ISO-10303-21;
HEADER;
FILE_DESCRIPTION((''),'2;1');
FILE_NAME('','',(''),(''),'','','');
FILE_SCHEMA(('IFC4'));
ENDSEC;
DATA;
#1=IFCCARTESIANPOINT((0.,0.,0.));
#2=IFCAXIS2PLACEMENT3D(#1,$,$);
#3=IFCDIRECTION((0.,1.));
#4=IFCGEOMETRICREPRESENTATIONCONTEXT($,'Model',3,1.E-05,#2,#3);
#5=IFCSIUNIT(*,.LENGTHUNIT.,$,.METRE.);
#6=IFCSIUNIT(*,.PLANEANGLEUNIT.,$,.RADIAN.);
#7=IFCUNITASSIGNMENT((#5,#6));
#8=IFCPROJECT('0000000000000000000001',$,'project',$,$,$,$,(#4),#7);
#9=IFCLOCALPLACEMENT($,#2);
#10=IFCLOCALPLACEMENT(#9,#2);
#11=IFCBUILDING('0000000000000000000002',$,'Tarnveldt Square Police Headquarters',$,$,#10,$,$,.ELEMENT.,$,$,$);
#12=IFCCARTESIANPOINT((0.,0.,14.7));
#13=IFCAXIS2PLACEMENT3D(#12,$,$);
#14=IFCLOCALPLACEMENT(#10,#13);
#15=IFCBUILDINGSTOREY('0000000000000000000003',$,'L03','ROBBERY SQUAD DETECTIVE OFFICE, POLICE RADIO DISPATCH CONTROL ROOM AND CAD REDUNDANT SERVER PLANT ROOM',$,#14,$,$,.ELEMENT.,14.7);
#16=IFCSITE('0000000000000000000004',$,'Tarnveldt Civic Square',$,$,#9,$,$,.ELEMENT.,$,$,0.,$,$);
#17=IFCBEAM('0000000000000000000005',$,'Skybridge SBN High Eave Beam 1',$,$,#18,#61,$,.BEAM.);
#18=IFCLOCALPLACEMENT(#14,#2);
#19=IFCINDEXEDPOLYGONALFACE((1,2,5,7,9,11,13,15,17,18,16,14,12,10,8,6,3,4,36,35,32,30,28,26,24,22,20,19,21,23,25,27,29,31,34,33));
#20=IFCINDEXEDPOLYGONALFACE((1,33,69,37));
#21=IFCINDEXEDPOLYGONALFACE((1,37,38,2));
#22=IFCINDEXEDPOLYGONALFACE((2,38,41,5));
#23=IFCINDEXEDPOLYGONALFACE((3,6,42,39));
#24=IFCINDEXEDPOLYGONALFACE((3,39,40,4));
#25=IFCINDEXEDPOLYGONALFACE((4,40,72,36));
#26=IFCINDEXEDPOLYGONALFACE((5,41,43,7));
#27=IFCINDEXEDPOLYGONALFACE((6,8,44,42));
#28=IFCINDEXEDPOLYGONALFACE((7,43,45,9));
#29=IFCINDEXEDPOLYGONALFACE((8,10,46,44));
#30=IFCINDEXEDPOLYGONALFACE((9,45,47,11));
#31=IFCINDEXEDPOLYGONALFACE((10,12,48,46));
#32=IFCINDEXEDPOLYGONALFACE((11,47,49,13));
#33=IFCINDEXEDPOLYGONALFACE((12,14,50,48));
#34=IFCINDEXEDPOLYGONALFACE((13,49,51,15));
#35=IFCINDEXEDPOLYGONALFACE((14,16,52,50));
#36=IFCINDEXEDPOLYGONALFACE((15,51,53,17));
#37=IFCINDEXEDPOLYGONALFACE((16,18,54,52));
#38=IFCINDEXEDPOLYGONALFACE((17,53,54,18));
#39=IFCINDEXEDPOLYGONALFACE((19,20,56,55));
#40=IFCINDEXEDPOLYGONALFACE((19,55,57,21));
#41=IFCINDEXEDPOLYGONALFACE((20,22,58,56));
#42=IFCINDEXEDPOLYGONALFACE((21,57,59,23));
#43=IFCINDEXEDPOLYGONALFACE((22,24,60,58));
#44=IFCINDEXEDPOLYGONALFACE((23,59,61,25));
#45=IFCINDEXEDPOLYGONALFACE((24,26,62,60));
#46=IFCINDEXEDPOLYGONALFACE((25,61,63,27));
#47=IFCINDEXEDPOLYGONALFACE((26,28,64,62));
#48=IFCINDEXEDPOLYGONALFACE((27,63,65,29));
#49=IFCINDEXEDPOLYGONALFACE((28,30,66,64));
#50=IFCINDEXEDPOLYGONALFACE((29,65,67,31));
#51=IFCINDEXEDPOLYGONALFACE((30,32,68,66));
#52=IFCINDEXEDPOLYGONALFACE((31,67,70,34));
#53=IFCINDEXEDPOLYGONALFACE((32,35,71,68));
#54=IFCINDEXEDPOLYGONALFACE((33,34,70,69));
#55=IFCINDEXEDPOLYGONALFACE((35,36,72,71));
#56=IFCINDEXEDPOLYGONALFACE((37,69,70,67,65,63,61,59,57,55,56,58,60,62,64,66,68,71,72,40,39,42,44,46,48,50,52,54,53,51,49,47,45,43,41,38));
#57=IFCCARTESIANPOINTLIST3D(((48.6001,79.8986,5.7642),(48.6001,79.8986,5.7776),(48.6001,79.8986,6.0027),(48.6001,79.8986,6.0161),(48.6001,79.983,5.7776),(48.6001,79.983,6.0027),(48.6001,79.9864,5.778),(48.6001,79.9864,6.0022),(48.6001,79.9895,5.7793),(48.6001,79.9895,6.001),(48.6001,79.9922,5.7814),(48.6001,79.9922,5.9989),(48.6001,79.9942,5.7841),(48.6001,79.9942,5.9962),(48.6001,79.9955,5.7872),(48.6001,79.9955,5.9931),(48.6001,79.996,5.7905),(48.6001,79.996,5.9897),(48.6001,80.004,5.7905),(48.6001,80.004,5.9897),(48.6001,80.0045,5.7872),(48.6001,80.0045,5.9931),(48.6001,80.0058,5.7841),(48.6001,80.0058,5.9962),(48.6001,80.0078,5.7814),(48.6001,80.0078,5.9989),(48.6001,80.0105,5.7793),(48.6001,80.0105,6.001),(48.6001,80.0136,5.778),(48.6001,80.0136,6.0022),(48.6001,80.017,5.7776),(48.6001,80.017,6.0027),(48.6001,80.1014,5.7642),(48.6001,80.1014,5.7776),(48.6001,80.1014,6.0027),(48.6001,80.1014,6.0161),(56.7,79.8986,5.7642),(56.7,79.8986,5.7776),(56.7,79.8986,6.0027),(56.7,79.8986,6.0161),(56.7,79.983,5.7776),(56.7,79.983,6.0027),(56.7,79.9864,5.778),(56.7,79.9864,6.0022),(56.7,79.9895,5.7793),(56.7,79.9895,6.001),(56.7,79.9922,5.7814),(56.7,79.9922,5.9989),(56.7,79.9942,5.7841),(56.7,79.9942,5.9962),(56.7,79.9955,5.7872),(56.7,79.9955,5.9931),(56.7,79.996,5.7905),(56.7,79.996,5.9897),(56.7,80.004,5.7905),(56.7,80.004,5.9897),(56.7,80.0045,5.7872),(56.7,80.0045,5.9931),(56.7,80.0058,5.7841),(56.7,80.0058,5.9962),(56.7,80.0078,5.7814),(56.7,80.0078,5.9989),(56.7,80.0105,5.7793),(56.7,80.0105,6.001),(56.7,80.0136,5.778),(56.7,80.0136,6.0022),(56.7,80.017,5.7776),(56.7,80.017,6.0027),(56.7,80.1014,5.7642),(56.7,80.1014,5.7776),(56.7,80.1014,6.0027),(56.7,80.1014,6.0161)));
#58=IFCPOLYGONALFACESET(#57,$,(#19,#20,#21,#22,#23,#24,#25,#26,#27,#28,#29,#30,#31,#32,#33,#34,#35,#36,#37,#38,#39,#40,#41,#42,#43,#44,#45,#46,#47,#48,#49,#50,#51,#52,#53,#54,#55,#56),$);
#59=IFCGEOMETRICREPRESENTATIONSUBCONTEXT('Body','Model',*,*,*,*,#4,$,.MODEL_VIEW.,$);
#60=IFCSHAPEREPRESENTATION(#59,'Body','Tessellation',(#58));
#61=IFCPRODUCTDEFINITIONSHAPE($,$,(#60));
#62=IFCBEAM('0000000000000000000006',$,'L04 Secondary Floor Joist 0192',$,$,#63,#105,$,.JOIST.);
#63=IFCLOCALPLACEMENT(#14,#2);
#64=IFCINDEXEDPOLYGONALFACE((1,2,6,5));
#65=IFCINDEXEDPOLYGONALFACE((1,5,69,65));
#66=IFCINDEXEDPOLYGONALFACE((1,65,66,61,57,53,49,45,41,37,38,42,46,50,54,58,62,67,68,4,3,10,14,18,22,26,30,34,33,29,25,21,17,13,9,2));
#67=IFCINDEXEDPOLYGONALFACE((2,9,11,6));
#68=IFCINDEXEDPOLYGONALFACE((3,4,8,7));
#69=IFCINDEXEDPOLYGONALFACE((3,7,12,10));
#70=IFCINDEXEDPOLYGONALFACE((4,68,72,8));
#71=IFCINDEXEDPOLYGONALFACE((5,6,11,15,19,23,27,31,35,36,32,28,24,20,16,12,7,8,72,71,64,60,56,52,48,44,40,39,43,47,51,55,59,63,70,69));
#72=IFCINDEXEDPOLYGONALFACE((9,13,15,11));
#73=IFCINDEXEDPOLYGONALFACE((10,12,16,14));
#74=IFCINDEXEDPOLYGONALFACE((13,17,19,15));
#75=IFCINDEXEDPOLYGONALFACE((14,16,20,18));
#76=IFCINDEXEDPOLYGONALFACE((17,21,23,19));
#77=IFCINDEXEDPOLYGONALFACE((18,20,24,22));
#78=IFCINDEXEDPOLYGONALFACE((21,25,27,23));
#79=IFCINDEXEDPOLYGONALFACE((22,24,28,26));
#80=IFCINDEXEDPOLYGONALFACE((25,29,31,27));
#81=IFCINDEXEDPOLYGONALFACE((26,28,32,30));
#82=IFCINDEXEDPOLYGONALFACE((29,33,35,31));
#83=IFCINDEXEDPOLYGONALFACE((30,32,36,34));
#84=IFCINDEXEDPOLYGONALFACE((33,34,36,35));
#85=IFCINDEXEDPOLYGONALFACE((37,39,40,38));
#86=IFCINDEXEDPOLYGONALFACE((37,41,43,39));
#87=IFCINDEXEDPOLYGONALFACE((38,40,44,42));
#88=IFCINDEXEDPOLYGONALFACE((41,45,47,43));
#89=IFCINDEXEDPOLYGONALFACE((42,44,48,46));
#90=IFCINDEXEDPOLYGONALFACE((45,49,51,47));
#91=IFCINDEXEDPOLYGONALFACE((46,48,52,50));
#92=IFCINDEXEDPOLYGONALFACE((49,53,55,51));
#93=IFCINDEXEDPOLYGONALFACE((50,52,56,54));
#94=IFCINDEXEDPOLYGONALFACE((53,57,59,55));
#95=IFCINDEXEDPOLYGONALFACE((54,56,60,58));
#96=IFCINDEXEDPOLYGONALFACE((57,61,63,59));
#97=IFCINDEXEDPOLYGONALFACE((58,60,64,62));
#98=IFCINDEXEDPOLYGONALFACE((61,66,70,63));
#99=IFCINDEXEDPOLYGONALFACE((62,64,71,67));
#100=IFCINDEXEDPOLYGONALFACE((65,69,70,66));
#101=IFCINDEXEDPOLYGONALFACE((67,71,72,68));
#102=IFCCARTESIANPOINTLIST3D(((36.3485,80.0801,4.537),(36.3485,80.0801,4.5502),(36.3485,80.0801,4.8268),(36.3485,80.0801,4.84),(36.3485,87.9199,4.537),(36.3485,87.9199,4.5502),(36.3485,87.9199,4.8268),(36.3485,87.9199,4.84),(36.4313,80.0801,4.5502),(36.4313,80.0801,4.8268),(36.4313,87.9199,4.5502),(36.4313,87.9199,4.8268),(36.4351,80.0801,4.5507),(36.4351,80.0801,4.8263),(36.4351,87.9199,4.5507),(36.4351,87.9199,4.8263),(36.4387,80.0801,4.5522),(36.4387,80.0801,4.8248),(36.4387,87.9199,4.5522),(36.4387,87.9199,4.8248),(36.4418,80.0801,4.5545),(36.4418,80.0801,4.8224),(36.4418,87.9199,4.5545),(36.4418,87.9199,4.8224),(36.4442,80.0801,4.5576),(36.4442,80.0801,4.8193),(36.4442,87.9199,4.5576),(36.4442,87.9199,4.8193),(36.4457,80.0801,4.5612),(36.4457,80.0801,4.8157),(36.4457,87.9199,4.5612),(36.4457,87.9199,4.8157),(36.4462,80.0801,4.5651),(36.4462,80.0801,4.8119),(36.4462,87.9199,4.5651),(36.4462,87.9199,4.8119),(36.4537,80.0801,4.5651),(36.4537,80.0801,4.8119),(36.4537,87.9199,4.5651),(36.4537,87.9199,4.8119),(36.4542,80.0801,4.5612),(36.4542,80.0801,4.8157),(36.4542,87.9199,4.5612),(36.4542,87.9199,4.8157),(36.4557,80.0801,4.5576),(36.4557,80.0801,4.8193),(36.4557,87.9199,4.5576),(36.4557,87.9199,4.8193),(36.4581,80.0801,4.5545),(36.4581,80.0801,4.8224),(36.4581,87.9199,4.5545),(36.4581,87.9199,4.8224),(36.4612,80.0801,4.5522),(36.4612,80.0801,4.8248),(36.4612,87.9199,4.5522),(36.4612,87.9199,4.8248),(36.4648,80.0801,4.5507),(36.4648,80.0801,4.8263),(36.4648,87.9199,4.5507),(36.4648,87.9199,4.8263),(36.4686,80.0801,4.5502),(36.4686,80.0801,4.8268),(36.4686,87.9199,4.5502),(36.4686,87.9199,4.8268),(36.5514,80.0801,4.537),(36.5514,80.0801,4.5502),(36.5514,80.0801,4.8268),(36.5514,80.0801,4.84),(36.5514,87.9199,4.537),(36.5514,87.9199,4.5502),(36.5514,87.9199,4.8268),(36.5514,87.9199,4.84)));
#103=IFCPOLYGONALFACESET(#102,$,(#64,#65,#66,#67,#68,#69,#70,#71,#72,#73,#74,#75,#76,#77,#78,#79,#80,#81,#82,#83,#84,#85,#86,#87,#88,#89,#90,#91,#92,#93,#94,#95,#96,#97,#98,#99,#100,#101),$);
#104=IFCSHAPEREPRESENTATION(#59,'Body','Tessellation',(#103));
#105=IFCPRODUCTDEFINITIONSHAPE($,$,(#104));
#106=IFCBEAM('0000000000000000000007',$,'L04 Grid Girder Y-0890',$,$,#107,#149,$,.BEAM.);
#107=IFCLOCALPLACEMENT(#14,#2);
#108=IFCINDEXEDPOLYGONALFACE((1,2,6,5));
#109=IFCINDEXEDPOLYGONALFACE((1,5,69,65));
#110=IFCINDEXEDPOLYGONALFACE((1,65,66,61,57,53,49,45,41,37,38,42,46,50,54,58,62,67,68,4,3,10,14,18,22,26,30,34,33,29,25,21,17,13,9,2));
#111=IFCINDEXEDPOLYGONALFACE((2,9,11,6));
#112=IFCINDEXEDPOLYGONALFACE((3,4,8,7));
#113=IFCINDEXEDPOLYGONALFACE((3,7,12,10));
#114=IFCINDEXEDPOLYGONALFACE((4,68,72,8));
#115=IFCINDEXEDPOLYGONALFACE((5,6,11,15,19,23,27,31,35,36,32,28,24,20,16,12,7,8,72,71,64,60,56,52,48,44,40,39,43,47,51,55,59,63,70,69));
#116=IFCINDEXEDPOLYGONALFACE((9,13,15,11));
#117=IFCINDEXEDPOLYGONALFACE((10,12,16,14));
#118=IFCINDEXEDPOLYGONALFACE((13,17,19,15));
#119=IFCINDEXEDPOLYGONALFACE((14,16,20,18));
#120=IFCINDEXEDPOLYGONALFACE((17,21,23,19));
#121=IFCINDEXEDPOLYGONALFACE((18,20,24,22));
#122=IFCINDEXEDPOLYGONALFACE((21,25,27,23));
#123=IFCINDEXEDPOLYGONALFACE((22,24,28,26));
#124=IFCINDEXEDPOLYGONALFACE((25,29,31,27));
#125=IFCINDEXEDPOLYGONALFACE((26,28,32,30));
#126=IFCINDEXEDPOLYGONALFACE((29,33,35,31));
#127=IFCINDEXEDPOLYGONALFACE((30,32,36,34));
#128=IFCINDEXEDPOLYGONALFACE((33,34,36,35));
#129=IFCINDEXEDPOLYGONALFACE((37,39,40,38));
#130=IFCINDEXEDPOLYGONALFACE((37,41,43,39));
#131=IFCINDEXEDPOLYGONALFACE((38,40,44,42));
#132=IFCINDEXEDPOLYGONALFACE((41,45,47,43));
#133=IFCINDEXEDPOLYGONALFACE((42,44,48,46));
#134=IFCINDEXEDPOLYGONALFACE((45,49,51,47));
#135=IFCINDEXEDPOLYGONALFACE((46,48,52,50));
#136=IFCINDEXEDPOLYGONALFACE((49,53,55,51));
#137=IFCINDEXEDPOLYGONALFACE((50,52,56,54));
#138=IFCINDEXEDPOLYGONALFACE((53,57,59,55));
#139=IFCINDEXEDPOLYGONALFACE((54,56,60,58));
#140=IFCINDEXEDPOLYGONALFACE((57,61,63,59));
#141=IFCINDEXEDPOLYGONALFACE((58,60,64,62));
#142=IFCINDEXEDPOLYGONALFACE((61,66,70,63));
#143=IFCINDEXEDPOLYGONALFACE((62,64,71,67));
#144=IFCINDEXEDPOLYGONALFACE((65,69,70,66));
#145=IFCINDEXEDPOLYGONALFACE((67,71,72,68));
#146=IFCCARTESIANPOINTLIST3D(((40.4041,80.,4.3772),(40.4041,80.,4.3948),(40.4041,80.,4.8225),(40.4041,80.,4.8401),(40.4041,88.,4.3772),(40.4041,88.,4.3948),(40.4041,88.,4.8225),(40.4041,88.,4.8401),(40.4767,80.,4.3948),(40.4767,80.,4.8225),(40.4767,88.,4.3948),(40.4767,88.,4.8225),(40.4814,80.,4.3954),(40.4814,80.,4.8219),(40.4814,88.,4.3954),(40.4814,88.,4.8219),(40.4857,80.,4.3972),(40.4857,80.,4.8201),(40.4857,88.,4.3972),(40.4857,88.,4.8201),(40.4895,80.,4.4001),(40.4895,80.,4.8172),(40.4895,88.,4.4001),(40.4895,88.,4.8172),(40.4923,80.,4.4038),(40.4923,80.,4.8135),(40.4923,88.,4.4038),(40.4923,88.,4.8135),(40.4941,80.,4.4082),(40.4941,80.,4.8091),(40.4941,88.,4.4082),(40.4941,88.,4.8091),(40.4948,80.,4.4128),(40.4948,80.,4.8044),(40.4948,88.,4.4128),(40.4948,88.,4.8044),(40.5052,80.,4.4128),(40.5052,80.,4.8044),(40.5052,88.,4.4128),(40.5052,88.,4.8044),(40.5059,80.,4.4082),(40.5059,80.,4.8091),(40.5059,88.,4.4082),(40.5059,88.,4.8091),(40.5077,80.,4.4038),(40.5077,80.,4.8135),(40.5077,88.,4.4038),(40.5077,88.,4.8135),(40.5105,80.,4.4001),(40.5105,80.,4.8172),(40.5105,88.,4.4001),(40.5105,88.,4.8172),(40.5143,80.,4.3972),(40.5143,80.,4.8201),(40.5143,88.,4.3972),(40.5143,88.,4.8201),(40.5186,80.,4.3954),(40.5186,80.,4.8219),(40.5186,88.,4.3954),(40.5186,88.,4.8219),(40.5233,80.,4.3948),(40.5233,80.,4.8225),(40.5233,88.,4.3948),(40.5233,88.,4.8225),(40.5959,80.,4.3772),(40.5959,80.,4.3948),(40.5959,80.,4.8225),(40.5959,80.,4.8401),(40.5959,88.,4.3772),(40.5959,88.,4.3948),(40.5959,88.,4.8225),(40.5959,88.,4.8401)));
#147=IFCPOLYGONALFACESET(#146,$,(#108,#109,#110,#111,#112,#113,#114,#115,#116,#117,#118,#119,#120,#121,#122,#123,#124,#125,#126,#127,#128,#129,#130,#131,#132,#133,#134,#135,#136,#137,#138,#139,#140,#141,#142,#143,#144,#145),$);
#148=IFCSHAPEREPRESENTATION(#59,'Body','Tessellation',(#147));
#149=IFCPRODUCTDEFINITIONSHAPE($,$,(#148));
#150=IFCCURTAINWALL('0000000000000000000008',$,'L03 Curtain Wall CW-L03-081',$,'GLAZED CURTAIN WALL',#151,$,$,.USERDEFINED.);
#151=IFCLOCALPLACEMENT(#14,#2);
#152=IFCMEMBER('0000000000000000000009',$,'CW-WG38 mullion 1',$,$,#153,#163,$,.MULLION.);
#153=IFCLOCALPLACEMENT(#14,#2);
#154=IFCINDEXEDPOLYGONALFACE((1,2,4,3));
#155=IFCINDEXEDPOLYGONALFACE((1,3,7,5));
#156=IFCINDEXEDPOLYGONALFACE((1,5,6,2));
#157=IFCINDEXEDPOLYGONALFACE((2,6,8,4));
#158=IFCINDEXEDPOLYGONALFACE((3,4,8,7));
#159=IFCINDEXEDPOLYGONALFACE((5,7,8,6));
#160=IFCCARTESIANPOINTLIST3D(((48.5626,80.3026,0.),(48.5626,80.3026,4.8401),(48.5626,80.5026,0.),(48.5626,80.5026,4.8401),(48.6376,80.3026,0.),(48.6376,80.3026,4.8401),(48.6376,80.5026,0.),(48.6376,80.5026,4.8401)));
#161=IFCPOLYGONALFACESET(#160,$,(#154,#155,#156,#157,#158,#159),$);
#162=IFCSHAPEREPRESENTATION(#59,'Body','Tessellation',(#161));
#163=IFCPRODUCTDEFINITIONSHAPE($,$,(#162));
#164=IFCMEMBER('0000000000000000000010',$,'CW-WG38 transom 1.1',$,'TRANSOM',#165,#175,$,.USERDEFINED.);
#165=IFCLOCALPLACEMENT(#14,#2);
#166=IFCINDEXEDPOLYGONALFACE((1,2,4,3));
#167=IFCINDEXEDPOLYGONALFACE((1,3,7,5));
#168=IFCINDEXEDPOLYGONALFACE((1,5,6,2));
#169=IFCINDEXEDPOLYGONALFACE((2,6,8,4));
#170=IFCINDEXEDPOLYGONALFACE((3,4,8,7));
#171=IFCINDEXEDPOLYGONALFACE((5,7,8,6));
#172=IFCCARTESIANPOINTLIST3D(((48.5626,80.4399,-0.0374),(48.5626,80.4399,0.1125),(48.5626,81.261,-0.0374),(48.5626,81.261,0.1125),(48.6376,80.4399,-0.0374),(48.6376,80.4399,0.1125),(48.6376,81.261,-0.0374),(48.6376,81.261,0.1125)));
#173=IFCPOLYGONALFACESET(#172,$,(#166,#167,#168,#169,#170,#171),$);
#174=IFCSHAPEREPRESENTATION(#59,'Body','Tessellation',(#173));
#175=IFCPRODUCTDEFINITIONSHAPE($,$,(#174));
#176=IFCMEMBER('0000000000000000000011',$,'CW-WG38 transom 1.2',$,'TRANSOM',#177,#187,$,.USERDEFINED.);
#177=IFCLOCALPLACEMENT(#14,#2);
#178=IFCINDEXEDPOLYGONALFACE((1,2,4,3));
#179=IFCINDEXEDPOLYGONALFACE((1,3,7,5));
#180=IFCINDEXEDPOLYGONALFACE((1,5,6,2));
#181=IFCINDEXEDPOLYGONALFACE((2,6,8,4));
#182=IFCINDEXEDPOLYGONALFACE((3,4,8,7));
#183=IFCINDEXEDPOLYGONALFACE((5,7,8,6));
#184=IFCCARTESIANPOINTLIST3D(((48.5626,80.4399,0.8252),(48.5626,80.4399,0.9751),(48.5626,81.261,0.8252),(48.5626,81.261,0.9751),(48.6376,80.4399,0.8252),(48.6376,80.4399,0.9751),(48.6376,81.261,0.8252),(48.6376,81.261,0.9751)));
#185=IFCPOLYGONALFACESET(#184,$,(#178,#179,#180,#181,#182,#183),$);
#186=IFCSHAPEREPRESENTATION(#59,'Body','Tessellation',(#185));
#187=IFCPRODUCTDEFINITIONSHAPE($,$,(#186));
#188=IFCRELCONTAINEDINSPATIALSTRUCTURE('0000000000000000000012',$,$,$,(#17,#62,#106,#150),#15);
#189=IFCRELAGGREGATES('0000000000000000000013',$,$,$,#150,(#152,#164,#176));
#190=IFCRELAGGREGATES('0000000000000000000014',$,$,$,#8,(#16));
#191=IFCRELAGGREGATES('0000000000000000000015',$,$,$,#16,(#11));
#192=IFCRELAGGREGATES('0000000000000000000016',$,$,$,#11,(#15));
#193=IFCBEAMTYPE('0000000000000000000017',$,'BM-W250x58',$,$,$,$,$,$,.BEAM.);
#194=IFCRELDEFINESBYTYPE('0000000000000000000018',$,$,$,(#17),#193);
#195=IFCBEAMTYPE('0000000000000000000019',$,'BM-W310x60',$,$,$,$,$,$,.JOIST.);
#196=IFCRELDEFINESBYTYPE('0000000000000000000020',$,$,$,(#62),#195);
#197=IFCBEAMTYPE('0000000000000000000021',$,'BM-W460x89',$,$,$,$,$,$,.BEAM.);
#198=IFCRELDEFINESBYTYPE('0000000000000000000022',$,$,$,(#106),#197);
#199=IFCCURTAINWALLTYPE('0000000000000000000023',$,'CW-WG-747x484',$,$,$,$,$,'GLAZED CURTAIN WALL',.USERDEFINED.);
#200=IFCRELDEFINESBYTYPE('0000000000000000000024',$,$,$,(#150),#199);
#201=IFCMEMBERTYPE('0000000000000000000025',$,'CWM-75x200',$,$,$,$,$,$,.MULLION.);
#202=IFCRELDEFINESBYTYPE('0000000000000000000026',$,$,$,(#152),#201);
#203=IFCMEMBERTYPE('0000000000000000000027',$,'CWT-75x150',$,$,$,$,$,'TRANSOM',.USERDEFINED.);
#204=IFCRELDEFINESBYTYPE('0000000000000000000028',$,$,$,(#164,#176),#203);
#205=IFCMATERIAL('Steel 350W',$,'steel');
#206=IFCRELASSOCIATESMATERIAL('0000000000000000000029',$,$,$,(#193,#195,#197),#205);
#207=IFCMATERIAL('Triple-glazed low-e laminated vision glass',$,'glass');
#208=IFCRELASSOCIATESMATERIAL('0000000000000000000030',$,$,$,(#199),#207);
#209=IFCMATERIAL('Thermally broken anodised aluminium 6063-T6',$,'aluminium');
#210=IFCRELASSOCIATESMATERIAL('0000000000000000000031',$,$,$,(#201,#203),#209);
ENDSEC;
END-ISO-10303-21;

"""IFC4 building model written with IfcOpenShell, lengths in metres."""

from ifc_helpers import new_model, si_unit, direction, frame, origin, origin_2d, place, context, subcontext, project, spatial, rectangle, i_section, extrude, material, material_profile, profile_set, type_object, element, aggregate, save


model = new_model("IFC4")

# Units and contexts
model_context = context("Model", 3, precision=1e-05, world=origin(), true_north=direction((0.0, 1.0)))
body_context = subcontext(model_context, "Body", "Model", "MODEL_VIEW")
ifc_project = project(units=[si_unit("LENGTHUNIT", "METRE"), si_unit("PLANEANGLEUNIT", "RADIAN")], contexts=[model_context])

# Site, building, storey
site_placement = place(None, origin())
site = spatial("IfcSite", under=ifc_project, at=site_placement, Name="Tarnveldt Civic Square", CompositionType="ELEMENT", RefElevation=0.0)
building_placement = place(site_placement, origin())
building = spatial("IfcBuilding", under=site, at=building_placement, Name="Tarnveldt Square Police Headquarters", CompositionType="ELEMENT")
storey_placement = place(building_placement, frame((0.0, 0.0, 14.7)))
storey = spatial("IfcBuildingStorey", under=building, at=storey_placement, Name="L03", Description="ROBBERY SQUAD DETECTIVE OFFICE, POLICE RADIO DISPATCH CONTROL ROOM AND CAD REDUNDANT SERVER PLANT ROOM", CompositionType="ELEMENT", Elevation=14.7)

# Shared definitions
ifc_material_1 = material(Name="Steel 350W", Category="steel")

# Beams
ifc_material_profile_1 = material_profile(ifc_material_1, i_section(OverallWidth=0.2029, OverallDepth=0.252, WebThickness=0.0081, FlangeThickness=0.0134, FilletRadius=0.0129, at=origin_2d()), Name="W250x58")
ifc_profile_set_1 = profile_set([ifc_material_profile_1], Name="Steel 350W")
beam_type_1 = type_object("IfcBeamType", Name="BM-W250x58", PredefinedType="BEAM", material=ifc_profile_set_1)
beam_1_placement = place(storey_placement, frame((48.6001, 80.0, 5.8901), z_axis=(1.0, 0.0, 0.0), x_axis=(0.0, 1.0, 0.0)))
element("IfcBeam", 1, at=beam_1_placement, inside=storey, type_object=beam_type_1, Name="Skybridge SBN High Eave Beam 1", PredefinedType="BEAM", context=body_context, shape_type="SweptSolid", body=[
    extrude(i_section(OverallWidth=0.2029, OverallDepth=0.252, WebThickness=0.0081, FlangeThickness=0.0134, FilletRadius=0.0129, at=origin_2d()), origin(), (0.0, 0.0, 1.0), 8.0999),
])
ifc_material_profile_2 = material_profile(ifc_material_1, i_section(OverallWidth=0.2029, OverallDepth=0.303, WebThickness=0.0076, FlangeThickness=0.0132, FilletRadius=0.0149, at=origin_2d()), Name="W310x60")
ifc_profile_set_2 = profile_set([ifc_material_profile_2], Name="Steel 350W")
beam_type_2 = type_object("IfcBeamType", Name="BM-W310x60", PredefinedType="JOIST", material=ifc_profile_set_2)
beam_2_placement = place(storey_placement, frame((36.45, 80.0801, 4.6885), z_axis=(0.0, 1.0, 0.0), x_axis=(-1.0, 0.0, 0.0)))
element("IfcBeam", 2, at=beam_2_placement, inside=storey, type_object=beam_type_2, Name="L04 Secondary Floor Joist 0192", PredefinedType="JOIST", context=body_context, shape_type="SweptSolid", body=[
    extrude(i_section(OverallWidth=0.2029, OverallDepth=0.303, WebThickness=0.0076, FlangeThickness=0.0132, FilletRadius=0.0149, at=origin_2d()), origin(), (0.0, 0.0, 1.0), 7.8398),
])
ifc_material_profile_3 = material_profile(ifc_material_1, i_section(OverallWidth=0.1919, OverallDepth=0.4629, WebThickness=0.0105, FlangeThickness=0.0176, FilletRadius=0.0181, at=origin_2d()), Name="W460x89")
ifc_profile_set_3 = profile_set([ifc_material_profile_3], Name="Steel 350W")
beam_type_3 = type_object("IfcBeamType", Name="BM-W460x89", PredefinedType="BEAM", material=ifc_profile_set_3)
beam_3_placement = place(storey_placement, frame((40.5, 80.0, 4.6086), z_axis=(0.0, 1.0, 0.0), x_axis=(-1.0, 0.0, 0.0)))
element("IfcBeam", 3, at=beam_3_placement, inside=storey, type_object=beam_type_3, Name="L04 Grid Girder Y-0890", PredefinedType="BEAM", context=body_context, shape_type="SweptSolid", body=[
    extrude(i_section(OverallWidth=0.1919, OverallDepth=0.4629, WebThickness=0.0105, FlangeThickness=0.0176, FilletRadius=0.0181, at=origin_2d()), origin(), (0.0, 0.0, 1.0), 8.0),
])

# Curtain wall, members
ifc_material_2 = material(Name="Triple-glazed low-e laminated vision glass", Category="glass")
curtain_wall_type = type_object("IfcCurtainWallType", Name="CW-WG-747x484", ElementType="GLAZED CURTAIN WALL", PredefinedType="USERDEFINED", material=ifc_material_2)
curtain_wall_placement = place(storey_placement, origin())
curtain_wall = element("IfcCurtainWall", 4, at=curtain_wall_placement, inside=storey, type_object=curtain_wall_type, Name="L03 Curtain Wall CW-L03-081", ObjectType="GLAZED CURTAIN WALL", PredefinedType="USERDEFINED")
ifc_material_3 = material(Name="Thermally broken anodised aluminium 6063-T6", Category="aluminium")
ifc_material_profile_4 = material_profile(ifc_material_3, rectangle(XDim=0.075, YDim=0.2, at=origin_2d()), Name="CW-M75x200")
ifc_profile_set_4 = profile_set([ifc_material_profile_4], Name="Thermally broken anodised aluminium 6063-T6")
member_type_1 = type_object("IfcMemberType", Name="CWM-75x200", PredefinedType="MULLION", material=ifc_profile_set_4)
member_1_placement = place(storey_placement, frame((48.6001, 80.4026, 0.0), z_axis=(0.0, 0.0, 1.0), x_axis=(-1.0, 0.0, 0.0)))
member_1 = element("IfcMember", 5, at=member_1_placement, type_object=member_type_1, Name="CW-WG38 mullion 1", PredefinedType="MULLION", context=body_context, shape_type="SweptSolid", body=[
    extrude(rectangle(XDim=0.075, YDim=0.2, at=origin_2d()), origin(), (0.0, 0.0, 1.0), 4.8401),
])
ifc_material_profile_5 = material_profile(ifc_material_3, rectangle(XDim=0.075, YDim=0.1499, at=origin_2d()), Name="CW-T75x150")
ifc_profile_set_5 = profile_set([ifc_material_profile_5], Name="Thermally broken anodised aluminium 6063-T6")
member_type_2 = type_object("IfcMemberType", Name="CWT-75x150", ElementType="TRANSOM", PredefinedType="USERDEFINED", material=ifc_profile_set_5)
member_2_placement = place(storey_placement, frame((48.6001, 80.4399, 0.0376), z_axis=(0.0, 1.0, 0.0), x_axis=(-1.0, 0.0, 0.0)))
member_2 = element("IfcMember", 6, at=member_2_placement, type_object=member_type_2, Name="CW-WG38 transom 1.1", ObjectType="TRANSOM", PredefinedType="USERDEFINED", context=body_context, shape_type="SweptSolid", body=[
    extrude(rectangle(XDim=0.075, YDim=0.1499, at=origin_2d()), origin(), (0.0, 0.0, 1.0), 0.821),
])
member_3_placement = place(storey_placement, frame((48.6001, 80.4399, 0.9001), z_axis=(0.0, 1.0, 0.0), x_axis=(-1.0, 0.0, 0.0)))
member_3 = element("IfcMember", 7, at=member_3_placement, type_object=member_type_2, Name="CW-WG38 transom 1.2", ObjectType="TRANSOM", PredefinedType="USERDEFINED", context=body_context, shape_type="SweptSolid", body=[
    extrude(rectangle(XDim=0.075, YDim=0.1499, at=origin_2d()), origin(), (0.0, 0.0, 1.0), 0.821),
])
aggregate(curtain_wall, [member_1, member_2, member_3])

save(model, "model.ifc")
